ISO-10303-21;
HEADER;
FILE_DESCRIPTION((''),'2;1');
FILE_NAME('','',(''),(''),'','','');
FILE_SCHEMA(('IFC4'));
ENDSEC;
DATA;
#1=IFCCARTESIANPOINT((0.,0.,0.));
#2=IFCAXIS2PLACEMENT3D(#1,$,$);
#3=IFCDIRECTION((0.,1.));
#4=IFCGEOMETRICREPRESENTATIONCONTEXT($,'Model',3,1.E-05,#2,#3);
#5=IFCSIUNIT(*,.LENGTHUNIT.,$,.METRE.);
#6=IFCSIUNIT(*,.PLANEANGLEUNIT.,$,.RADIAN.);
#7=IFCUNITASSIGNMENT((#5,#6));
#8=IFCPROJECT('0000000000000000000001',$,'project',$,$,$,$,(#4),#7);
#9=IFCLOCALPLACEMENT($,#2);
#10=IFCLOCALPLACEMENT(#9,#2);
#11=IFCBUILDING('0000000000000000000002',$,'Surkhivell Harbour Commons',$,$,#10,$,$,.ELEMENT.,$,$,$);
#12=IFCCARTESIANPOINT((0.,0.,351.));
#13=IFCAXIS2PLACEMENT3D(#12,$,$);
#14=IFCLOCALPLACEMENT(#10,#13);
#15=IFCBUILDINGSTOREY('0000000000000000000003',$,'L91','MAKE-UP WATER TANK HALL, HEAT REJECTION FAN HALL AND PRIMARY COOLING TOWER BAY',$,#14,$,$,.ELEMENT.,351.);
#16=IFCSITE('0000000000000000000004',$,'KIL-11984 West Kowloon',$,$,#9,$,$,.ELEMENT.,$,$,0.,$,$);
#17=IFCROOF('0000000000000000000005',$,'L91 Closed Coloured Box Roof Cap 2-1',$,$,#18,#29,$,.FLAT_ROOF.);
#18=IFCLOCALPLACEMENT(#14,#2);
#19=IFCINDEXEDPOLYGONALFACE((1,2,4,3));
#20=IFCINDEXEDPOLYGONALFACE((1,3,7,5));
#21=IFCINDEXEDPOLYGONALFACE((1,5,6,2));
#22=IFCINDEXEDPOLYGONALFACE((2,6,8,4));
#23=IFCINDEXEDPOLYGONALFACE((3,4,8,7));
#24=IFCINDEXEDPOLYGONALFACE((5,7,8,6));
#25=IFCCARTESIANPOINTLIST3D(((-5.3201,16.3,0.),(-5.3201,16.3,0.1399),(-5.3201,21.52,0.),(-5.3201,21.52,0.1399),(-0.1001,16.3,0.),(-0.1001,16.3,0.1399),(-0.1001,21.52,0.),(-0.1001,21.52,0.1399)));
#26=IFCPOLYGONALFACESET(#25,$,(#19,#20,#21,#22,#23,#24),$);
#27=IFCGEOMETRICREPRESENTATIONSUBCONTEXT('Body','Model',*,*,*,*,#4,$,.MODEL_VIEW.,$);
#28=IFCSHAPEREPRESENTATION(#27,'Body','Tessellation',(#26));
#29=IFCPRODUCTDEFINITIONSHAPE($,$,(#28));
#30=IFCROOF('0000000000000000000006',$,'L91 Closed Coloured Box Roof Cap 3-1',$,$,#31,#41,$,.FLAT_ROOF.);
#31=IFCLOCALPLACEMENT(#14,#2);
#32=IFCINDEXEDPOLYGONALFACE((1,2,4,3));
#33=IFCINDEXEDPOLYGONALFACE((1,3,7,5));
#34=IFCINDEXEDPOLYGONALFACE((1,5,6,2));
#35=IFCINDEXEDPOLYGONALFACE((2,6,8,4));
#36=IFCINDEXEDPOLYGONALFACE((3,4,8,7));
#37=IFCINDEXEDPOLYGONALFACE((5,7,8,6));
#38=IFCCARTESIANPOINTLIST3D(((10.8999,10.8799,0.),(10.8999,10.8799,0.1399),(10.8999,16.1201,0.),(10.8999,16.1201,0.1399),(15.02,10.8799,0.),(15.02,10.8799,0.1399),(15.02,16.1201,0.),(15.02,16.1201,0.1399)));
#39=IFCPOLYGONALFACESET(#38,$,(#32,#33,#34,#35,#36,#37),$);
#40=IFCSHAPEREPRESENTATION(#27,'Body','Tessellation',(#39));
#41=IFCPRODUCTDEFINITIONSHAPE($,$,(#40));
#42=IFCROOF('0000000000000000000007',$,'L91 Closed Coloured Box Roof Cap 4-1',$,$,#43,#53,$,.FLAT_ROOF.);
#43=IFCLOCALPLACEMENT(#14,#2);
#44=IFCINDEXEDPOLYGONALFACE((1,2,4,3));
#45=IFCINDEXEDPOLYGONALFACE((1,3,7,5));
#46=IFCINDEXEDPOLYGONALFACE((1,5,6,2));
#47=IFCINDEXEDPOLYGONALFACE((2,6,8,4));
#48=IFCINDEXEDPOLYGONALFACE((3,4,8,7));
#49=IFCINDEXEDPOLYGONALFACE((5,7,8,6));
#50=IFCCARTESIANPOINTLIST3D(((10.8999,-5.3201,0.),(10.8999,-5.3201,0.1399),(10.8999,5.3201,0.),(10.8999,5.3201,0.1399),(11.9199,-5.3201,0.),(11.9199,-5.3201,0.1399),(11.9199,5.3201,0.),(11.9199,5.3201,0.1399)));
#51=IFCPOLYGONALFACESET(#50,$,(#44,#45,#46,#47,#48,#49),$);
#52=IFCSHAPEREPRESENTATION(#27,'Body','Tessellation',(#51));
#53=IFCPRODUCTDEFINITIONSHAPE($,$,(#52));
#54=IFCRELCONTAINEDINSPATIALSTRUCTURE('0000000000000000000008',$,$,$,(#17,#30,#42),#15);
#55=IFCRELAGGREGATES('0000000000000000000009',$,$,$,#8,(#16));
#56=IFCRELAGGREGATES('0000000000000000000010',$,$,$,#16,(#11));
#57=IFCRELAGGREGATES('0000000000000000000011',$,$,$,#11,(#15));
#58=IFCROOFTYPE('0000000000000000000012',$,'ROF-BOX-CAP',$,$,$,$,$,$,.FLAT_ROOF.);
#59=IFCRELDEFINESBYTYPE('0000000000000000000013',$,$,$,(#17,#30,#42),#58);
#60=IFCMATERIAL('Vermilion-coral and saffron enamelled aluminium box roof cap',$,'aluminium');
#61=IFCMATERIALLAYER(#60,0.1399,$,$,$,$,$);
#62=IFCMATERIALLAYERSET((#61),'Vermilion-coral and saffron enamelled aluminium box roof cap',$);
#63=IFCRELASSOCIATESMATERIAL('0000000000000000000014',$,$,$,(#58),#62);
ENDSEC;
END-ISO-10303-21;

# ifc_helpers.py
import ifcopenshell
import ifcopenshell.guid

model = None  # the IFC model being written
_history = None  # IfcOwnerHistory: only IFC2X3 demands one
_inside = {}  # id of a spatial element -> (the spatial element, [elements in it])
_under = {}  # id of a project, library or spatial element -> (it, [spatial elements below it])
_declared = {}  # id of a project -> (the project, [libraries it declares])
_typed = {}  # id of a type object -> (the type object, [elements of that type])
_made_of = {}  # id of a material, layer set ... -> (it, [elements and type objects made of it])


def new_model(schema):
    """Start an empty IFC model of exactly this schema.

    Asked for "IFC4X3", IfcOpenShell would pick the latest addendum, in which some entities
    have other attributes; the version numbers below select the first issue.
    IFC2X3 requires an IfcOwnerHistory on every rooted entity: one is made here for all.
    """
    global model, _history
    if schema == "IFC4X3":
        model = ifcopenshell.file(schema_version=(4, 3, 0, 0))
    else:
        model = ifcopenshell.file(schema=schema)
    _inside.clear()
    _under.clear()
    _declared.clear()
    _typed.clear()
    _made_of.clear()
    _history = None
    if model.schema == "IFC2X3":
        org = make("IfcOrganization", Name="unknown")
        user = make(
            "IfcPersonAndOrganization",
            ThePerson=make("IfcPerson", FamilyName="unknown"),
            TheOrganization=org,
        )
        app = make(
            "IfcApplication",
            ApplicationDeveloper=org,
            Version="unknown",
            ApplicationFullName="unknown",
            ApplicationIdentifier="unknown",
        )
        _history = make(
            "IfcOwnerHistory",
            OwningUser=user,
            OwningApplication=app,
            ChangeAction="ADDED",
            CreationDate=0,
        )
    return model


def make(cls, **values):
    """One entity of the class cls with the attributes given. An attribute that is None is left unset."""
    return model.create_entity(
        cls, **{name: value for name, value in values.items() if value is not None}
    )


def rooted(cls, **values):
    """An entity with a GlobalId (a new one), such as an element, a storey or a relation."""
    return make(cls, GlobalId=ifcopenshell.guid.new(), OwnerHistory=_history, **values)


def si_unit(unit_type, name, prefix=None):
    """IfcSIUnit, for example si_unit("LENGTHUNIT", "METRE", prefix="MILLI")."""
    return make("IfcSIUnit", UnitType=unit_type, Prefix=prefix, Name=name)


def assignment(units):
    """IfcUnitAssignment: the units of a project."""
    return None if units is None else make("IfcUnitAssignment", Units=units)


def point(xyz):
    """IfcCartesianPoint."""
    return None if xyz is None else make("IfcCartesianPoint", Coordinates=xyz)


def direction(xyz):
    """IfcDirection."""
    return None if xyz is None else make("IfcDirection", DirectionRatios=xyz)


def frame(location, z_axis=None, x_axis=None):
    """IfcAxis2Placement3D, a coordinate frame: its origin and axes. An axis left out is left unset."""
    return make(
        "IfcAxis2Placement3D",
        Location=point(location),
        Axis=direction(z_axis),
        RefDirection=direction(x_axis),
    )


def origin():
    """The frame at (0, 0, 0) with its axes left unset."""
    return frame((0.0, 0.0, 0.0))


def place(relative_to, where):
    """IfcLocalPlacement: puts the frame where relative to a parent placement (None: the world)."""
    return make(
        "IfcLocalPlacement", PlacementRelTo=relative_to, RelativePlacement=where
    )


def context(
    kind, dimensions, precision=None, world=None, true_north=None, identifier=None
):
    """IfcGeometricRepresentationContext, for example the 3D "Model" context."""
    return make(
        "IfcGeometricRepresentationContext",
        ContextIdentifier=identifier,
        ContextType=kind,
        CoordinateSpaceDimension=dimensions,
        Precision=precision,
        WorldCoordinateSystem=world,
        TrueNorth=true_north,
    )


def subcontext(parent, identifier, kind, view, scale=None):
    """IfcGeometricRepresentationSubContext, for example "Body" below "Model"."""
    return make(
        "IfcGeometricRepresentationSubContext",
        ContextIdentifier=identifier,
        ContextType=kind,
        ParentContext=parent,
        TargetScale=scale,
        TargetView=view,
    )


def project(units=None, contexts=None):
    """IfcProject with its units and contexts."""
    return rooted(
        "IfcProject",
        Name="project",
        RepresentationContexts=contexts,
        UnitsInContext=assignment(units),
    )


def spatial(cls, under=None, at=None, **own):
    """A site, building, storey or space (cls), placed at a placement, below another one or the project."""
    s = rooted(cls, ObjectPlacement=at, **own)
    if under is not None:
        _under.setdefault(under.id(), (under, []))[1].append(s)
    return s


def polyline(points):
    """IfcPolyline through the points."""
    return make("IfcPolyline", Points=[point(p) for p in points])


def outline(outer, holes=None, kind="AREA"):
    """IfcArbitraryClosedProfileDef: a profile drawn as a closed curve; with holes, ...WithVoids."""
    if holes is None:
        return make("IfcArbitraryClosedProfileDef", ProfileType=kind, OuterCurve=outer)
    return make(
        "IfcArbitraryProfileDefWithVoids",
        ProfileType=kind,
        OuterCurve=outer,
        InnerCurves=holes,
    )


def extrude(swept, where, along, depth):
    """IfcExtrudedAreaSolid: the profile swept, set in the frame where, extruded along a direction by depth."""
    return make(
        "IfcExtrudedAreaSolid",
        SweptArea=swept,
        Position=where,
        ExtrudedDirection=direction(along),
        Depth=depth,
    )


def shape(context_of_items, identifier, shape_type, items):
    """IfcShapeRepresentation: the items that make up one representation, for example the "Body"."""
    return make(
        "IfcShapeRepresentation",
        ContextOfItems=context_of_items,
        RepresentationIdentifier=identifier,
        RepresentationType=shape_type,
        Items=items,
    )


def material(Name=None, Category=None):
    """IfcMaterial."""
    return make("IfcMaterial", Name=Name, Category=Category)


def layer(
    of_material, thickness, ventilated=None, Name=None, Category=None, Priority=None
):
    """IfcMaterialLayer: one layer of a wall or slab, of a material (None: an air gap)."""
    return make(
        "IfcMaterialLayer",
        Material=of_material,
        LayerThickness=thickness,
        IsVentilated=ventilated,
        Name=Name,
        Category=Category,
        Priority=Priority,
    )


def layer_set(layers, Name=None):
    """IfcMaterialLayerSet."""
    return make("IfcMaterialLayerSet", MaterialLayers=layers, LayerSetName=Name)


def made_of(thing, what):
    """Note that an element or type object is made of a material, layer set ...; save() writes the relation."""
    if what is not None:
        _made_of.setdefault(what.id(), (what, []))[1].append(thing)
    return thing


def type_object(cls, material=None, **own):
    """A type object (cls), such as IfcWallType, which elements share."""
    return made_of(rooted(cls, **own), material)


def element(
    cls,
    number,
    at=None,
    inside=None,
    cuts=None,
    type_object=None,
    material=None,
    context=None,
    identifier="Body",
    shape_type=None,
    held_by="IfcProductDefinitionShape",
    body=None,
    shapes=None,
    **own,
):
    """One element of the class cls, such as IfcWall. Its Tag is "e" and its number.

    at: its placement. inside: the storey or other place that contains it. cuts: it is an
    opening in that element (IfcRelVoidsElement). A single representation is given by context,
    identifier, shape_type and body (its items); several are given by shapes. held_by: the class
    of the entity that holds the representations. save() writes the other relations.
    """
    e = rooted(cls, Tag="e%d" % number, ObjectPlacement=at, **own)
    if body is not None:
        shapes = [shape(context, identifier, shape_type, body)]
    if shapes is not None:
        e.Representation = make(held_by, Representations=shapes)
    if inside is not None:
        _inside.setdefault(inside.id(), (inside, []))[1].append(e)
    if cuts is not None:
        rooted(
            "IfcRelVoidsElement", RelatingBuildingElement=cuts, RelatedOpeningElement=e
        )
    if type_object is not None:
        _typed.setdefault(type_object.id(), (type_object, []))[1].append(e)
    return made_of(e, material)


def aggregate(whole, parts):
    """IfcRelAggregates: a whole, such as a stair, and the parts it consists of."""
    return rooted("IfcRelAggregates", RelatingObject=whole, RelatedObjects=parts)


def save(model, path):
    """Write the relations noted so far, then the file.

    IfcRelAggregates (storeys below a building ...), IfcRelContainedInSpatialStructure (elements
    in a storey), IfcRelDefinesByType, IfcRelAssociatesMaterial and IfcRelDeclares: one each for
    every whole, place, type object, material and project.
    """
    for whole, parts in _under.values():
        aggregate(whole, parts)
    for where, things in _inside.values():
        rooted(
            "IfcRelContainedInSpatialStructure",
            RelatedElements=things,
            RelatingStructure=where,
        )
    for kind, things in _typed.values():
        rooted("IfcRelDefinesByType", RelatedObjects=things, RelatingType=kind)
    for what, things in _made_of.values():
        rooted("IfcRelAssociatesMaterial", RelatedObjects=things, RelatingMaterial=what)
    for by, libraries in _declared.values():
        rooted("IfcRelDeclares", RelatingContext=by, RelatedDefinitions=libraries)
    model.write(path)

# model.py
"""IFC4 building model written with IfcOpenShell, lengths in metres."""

from ifc_helpers import new_model, si_unit, direction, frame, origin, place, context, subcontext, project, spatial, polyline, outline, extrude, material, layer, layer_set, type_object, element, save


model = new_model("IFC4")

# Units and contexts
model_context = context("Model", 3, precision=1e-05, world=origin(), true_north=direction((0.0, 1.0)))
body_context = subcontext(model_context, "Body", "Model", "MODEL_VIEW")
ifc_project = project(units=[si_unit("LENGTHUNIT", "METRE"), si_unit("PLANEANGLEUNIT", "RADIAN")], contexts=[model_context])

# Site, building, storey
site_placement = place(None, origin())
site = spatial("IfcSite", under=ifc_project, at=site_placement, Name="KIL-11984 West Kowloon", CompositionType="ELEMENT", RefElevation=0.0)
building_placement = place(site_placement, origin())
building = spatial("IfcBuilding", under=site, at=building_placement, Name="Surkhivell Harbour Commons", CompositionType="ELEMENT")
storey_placement = place(building_placement, frame((0.0, 0.0, 351.0)))
storey = spatial("IfcBuildingStorey", under=building, at=storey_placement, Name="L91", Description="MAKE-UP WATER TANK HALL, HEAT REJECTION FAN HALL AND PRIMARY COOLING TOWER BAY", CompositionType="ELEMENT", Elevation=351.0)

# Roofs
ifc_material_1 = material(Name="Vermilion-coral and saffron enamelled aluminium box roof cap", Category="aluminium")
ifc_layer_1 = layer(ifc_material_1, 0.1399)
ifc_layer_set_1 = layer_set([ifc_layer_1], Name="Vermilion-coral and saffron enamelled aluminium box roof cap")
roof_type = type_object("IfcRoofType", Name="ROF-BOX-CAP", PredefinedType="FLAT_ROOF", material=ifc_layer_set_1)
roof_1_placement = place(storey_placement, origin())
element("IfcRoof", 1, at=roof_1_placement, inside=storey, type_object=roof_type, Name="L91 Closed Coloured Box Roof Cap 2-1", PredefinedType="FLAT_ROOF", context=body_context, shape_type="SweptSolid", body=[
    extrude(outline(polyline([(-0.1001, 16.3), (-0.1001, 21.52), (-5.3201, 21.52), (-5.3201, 16.3), (-0.1001, 16.3)])), origin(), (0.0, 0.0, 1.0), 0.1399),
])
roof_2_placement = place(storey_placement, origin())
element("IfcRoof", 2, at=roof_2_placement, inside=storey, type_object=roof_type, Name="L91 Closed Coloured Box Roof Cap 3-1", PredefinedType="FLAT_ROOF", context=body_context, shape_type="SweptSolid", body=[
    extrude(outline(polyline([(10.8999, 10.8799), (15.02, 10.8799), (15.02, 16.1201), (10.8999, 16.1201), (10.8999, 10.8799)])), origin(), (0.0, 0.0, 1.0), 0.1399),
])
roof_3_placement = place(storey_placement, origin())
element("IfcRoof", 3, at=roof_3_placement, inside=storey, type_object=roof_type, Name="L91 Closed Coloured Box Roof Cap 4-1", PredefinedType="FLAT_ROOF", context=body_context, shape_type="SweptSolid", body=[
    extrude(outline(polyline([(10.8999, -5.3201), (11.9199, -5.3201), (11.9199, 5.3201), (10.8999, 5.3201), (10.8999, -5.3201)])), origin(), (0.0, 0.0, 1.0), 0.1399),
])

save(model, "model.ifc")
